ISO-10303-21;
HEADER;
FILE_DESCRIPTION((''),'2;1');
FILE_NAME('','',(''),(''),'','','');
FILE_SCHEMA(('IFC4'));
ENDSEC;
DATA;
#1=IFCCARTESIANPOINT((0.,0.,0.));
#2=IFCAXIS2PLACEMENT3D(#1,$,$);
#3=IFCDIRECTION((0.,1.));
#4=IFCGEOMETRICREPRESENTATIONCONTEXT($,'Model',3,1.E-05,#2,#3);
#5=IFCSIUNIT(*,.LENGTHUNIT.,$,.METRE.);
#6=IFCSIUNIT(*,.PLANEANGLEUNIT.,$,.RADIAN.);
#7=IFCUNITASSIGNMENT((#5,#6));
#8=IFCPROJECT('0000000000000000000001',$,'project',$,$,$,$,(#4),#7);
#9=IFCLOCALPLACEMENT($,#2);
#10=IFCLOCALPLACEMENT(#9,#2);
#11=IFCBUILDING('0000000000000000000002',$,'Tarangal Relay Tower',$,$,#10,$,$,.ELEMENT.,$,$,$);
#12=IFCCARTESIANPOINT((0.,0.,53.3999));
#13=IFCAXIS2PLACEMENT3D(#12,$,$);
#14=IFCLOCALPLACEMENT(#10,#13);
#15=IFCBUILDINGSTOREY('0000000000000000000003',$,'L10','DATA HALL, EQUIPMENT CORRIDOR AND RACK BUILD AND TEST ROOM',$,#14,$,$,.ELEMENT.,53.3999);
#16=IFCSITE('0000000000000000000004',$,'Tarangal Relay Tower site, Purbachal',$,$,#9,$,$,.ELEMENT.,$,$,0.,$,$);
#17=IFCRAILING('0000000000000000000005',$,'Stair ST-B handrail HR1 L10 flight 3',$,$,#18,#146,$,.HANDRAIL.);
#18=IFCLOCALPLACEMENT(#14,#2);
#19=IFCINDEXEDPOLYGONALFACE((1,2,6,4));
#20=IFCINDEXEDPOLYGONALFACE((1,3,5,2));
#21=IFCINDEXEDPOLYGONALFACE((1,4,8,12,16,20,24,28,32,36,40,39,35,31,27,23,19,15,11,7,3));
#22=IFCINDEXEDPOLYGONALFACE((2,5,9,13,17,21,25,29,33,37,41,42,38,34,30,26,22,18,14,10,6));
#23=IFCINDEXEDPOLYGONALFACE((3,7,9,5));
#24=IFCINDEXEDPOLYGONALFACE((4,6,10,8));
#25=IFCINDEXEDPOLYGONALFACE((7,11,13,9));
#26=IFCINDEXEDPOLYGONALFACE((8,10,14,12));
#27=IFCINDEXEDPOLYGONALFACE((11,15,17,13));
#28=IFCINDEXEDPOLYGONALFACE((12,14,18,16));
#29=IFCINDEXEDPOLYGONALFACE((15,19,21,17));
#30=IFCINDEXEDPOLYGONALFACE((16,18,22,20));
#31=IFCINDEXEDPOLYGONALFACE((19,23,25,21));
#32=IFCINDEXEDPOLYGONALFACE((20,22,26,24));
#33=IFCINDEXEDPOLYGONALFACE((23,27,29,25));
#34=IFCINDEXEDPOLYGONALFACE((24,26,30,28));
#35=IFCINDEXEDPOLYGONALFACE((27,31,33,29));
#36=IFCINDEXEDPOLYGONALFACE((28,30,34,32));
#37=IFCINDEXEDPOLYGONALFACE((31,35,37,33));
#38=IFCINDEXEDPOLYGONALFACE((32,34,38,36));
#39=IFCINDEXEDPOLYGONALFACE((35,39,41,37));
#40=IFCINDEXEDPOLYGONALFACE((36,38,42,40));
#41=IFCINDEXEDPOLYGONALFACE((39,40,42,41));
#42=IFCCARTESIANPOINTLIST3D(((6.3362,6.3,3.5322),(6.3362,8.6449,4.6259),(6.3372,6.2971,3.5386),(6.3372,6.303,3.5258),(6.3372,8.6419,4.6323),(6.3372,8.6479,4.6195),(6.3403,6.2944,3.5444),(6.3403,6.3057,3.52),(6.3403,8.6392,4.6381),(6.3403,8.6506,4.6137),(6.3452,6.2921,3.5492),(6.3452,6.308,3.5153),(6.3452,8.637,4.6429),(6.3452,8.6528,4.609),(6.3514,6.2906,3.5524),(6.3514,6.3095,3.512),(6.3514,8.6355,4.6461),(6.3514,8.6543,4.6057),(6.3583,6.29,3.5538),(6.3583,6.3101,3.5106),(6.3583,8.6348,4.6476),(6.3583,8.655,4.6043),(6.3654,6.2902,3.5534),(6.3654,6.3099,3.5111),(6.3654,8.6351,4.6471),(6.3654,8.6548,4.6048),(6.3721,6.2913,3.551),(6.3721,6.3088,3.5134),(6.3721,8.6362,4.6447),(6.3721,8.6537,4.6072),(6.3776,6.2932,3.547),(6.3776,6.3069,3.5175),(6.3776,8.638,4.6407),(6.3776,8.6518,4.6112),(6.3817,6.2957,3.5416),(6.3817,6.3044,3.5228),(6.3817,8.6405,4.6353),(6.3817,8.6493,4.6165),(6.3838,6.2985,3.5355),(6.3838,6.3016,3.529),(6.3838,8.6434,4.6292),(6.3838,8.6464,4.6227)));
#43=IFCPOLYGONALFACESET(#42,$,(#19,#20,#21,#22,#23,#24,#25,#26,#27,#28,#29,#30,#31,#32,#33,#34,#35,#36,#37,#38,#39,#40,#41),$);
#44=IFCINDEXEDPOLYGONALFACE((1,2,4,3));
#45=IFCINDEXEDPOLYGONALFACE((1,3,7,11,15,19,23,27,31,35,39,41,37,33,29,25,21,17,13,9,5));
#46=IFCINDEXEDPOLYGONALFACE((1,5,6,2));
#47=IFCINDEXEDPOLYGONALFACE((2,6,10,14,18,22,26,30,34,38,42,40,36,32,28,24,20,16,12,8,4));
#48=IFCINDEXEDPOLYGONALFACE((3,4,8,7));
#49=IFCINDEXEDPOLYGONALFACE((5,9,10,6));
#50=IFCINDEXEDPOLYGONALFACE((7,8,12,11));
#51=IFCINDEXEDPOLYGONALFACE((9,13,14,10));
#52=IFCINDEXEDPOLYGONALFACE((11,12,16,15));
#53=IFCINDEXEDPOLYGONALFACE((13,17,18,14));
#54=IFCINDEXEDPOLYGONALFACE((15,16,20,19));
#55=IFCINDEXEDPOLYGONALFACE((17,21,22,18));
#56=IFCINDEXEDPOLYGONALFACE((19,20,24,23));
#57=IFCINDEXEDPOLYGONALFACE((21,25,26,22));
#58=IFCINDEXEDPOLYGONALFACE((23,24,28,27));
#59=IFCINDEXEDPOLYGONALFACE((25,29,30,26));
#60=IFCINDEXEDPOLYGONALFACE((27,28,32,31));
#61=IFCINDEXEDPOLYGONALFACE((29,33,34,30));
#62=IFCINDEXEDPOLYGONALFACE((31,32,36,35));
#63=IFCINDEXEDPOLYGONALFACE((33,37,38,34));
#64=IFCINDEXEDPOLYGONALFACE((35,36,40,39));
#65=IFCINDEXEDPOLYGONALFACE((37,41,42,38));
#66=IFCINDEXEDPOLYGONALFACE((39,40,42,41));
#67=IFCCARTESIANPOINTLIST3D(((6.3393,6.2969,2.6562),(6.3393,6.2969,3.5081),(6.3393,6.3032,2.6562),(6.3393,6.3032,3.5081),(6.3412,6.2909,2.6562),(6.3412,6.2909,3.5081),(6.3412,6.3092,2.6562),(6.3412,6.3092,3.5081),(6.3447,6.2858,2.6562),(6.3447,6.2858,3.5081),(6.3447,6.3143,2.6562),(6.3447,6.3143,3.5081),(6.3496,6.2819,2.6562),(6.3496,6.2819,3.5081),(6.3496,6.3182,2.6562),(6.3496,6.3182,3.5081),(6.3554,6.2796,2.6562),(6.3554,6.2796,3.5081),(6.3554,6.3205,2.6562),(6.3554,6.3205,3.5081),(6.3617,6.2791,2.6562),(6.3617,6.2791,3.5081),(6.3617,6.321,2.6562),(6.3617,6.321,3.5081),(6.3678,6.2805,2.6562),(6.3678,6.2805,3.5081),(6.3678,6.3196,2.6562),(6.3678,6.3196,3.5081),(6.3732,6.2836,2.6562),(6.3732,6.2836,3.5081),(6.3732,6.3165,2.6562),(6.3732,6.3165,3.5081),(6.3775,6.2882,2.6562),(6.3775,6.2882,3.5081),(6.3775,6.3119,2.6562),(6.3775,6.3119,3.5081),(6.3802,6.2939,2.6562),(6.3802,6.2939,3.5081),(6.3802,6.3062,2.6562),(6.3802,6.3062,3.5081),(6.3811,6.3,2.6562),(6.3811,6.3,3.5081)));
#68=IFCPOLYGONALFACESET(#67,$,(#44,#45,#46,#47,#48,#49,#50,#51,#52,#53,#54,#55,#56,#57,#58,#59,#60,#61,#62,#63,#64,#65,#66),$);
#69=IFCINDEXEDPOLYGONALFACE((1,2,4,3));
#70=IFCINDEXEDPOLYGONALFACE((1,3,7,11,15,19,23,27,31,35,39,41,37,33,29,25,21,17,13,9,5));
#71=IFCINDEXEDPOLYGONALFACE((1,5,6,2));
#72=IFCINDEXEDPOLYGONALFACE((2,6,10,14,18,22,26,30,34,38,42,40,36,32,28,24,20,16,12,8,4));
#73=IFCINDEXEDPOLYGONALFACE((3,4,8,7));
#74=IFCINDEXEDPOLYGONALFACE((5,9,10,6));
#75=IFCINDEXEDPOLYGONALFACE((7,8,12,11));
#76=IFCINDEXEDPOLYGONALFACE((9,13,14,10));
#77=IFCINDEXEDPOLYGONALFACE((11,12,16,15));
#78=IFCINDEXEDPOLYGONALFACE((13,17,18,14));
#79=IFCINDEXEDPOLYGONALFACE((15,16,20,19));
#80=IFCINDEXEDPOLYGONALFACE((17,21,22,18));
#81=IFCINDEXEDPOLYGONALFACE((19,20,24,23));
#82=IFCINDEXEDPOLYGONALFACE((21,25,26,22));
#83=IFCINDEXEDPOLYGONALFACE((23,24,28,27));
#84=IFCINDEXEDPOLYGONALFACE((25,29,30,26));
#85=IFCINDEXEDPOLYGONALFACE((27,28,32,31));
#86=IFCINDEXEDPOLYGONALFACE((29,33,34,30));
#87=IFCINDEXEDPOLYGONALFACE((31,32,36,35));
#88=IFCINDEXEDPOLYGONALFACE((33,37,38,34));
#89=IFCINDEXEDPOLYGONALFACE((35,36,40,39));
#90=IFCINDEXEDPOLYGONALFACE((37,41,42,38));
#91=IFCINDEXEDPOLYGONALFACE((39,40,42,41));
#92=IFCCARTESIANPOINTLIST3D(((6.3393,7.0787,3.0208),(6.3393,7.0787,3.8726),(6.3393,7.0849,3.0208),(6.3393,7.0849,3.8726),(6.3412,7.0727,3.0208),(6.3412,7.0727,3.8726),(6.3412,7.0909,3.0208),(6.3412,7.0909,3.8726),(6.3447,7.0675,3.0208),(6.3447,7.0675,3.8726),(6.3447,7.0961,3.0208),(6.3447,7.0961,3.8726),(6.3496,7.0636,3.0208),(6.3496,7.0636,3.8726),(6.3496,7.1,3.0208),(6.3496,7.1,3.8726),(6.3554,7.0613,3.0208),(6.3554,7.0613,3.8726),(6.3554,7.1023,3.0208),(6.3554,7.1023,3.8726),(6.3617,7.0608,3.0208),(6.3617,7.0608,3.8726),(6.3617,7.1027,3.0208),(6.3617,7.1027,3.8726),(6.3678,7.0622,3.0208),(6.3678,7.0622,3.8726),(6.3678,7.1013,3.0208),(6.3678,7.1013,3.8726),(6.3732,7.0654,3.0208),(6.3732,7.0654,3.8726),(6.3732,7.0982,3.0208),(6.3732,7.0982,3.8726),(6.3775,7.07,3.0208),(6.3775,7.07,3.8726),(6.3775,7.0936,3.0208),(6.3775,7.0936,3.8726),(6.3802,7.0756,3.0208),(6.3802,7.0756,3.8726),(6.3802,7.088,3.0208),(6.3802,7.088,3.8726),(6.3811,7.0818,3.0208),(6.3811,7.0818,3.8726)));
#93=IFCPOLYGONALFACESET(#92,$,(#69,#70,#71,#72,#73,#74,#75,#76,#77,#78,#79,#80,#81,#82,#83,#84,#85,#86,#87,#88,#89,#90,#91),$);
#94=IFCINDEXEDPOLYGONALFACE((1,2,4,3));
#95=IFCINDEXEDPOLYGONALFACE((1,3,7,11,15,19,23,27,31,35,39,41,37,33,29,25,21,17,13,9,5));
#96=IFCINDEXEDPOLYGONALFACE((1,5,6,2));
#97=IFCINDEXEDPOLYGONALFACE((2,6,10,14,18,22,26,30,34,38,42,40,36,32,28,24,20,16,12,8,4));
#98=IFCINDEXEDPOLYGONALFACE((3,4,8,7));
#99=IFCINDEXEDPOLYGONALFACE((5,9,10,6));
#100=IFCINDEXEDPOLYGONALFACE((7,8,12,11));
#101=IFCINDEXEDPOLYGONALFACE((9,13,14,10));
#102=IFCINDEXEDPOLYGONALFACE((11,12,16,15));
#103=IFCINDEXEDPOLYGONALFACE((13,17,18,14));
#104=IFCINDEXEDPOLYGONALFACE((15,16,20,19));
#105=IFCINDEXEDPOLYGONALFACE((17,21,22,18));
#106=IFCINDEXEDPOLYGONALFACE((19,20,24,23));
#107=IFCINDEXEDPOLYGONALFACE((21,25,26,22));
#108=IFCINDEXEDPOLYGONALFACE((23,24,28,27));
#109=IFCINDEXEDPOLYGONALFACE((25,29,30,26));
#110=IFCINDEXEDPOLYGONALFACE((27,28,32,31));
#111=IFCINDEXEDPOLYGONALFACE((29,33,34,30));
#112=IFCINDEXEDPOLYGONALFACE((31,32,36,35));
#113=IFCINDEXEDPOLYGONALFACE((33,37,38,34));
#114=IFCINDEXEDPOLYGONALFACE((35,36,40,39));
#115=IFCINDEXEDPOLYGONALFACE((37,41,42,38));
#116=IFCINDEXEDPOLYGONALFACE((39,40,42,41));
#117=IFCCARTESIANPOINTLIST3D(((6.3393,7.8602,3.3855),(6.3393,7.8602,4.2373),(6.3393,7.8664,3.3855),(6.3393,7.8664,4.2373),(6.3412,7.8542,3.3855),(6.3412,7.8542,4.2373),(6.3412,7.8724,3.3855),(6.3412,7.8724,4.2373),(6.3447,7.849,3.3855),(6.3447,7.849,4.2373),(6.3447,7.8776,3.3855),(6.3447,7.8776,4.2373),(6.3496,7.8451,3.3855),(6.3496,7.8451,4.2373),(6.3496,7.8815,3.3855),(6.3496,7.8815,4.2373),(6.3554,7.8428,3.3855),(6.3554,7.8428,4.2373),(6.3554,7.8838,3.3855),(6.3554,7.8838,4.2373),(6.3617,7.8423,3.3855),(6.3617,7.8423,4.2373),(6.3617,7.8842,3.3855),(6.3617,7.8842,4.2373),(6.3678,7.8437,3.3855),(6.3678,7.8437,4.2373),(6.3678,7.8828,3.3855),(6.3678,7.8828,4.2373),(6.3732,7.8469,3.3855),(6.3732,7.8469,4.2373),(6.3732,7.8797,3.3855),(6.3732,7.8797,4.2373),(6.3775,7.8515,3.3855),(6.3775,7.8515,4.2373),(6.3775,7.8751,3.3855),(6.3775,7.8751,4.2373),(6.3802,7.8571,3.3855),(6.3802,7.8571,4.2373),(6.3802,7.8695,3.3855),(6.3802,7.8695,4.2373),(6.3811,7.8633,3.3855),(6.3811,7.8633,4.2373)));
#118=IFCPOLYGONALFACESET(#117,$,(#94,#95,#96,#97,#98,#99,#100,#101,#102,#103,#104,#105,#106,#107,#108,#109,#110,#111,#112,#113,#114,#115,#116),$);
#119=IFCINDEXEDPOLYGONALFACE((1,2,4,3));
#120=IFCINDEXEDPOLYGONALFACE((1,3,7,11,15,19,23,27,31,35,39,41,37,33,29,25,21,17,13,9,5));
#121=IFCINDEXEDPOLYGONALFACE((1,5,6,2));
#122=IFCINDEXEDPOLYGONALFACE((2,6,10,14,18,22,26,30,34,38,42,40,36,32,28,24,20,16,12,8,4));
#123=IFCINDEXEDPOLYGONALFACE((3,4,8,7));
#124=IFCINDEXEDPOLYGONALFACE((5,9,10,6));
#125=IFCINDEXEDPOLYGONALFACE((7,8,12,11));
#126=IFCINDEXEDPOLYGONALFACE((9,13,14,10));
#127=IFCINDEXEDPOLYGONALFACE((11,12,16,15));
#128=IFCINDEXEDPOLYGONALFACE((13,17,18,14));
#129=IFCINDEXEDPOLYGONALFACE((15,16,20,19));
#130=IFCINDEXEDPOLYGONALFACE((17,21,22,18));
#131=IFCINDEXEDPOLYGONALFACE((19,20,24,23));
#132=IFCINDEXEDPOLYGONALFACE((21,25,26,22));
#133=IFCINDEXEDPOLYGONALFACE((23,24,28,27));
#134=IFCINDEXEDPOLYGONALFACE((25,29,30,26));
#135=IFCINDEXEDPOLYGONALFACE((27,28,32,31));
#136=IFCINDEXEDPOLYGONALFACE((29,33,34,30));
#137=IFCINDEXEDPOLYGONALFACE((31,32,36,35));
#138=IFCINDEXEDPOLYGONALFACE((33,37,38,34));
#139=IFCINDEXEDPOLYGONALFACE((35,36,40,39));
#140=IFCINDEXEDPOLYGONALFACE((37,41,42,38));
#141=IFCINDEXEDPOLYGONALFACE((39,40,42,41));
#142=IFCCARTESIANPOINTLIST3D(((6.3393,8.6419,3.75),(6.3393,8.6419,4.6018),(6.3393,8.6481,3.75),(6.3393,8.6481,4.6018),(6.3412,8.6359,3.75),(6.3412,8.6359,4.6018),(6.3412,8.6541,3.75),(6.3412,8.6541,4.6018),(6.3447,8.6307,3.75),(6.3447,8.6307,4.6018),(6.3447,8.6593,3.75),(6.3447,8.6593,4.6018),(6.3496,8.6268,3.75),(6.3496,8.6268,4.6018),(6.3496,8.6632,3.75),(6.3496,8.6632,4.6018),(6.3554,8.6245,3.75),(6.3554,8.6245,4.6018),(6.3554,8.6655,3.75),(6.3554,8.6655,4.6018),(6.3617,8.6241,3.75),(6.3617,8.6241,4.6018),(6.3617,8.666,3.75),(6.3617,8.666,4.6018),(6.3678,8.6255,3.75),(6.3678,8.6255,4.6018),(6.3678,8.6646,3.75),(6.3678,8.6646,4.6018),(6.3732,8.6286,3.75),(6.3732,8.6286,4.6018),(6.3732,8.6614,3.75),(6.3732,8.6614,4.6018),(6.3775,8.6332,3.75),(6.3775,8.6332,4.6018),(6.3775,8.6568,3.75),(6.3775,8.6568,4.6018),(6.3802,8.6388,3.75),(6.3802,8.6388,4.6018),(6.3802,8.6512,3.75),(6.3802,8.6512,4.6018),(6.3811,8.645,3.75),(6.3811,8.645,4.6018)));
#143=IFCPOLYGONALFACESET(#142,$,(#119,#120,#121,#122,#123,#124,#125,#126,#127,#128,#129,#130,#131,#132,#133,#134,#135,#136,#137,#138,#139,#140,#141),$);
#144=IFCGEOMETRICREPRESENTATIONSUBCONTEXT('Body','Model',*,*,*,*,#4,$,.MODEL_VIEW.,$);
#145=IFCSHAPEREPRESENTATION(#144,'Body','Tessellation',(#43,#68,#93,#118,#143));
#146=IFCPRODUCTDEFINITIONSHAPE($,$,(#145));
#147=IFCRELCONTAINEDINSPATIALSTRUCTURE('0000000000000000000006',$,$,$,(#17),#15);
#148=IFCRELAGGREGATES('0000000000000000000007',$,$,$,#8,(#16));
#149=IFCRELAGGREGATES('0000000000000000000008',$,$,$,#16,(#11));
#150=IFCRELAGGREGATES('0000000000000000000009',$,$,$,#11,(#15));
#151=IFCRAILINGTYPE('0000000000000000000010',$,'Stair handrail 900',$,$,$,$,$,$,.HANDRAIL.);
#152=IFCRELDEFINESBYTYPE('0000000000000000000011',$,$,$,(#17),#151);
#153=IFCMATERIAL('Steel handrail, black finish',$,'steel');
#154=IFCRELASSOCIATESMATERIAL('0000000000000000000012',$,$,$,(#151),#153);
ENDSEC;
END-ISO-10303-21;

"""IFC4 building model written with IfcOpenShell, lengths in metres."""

from ifc_helpers import new_model, si_unit, direction, frame, origin, origin_2d, place, context, subcontext, project, spatial, circle, extrude, material, type_object, element, save


model = new_model("IFC4")

# Units and contexts
model_context = context("Model", 3, precision=1e-05, world=origin(), true_north=direction((0.0, 1.0)))
body_context = subcontext(model_context, "Body", "Model", "MODEL_VIEW")
ifc_project = project(units=[si_unit("LENGTHUNIT", "METRE"), si_unit("PLANEANGLEUNIT", "RADIAN")], contexts=[model_context])

# Site, building, storey
site_placement = place(None, origin())
site = spatial("IfcSite", under=ifc_project, at=site_placement, Name="Tarangal Relay Tower site, Purbachal", CompositionType="ELEMENT", RefElevation=0.0)
building_placement = place(site_placement, origin())
building = spatial("IfcBuilding", under=site, at=building_placement, Name="Tarangal Relay Tower", CompositionType="ELEMENT")
storey_placement = place(building_placement, frame((0.0, 0.0, 53.3999)))
storey = spatial("IfcBuildingStorey", under=building, at=storey_placement, Name="L10", Description="DATA HALL, EQUIPMENT CORRIDOR AND RACK BUILD AND TEST ROOM", CompositionType="ELEMENT", Elevation=53.3999)

# Railing
ifc_material_1 = material(Name="Steel handrail, black finish", Category="steel")
railing_type_1 = type_object("IfcRailingType", Name="Stair handrail 900", PredefinedType="HANDRAIL", material=ifc_material_1)
for number, where, name in (
    (1, (6.3601, 6.3, 2.6562), "Stair ST-B handrail HR1 L10 flight 3"),
):
    element("IfcRailing", number, at=place(storey_placement, frame(where)), inside=storey, type_object=railing_type_1, Name=name, PredefinedType="HANDRAIL", context=body_context, shape_type="SweptSolid", body=[
        extrude(circle(Radius=0.0239, at=origin_2d()), frame((0.0, 0.0, 0.876), z_axis=(0.0, 0.906267, 0.422705), x_axis=(-1.0, 0.0, 0.0)), (0.0, 0.0, 1.0), 2.5874),
        extrude(circle(Radius=0.021, at=origin_2d()), origin(), (0.0, 0.0, 1.0), 0.8518),
        extrude(circle(Radius=0.021, at=origin_2d()), frame((0.0, 0.7817, 0.3645)), (0.0, 0.0, 1.0), 0.8518),
        extrude(circle(Radius=0.021, at=origin_2d()), frame((0.0, 1.5632, 0.7292)), (0.0, 0.0, 1.0), 0.8518),
        extrude(circle(Radius=0.021, at=origin_2d()), frame((0.0, 2.345, 1.0938)), (0.0, 0.0, 1.0), 0.8518),
    ])

save(model, "model.ifc")
